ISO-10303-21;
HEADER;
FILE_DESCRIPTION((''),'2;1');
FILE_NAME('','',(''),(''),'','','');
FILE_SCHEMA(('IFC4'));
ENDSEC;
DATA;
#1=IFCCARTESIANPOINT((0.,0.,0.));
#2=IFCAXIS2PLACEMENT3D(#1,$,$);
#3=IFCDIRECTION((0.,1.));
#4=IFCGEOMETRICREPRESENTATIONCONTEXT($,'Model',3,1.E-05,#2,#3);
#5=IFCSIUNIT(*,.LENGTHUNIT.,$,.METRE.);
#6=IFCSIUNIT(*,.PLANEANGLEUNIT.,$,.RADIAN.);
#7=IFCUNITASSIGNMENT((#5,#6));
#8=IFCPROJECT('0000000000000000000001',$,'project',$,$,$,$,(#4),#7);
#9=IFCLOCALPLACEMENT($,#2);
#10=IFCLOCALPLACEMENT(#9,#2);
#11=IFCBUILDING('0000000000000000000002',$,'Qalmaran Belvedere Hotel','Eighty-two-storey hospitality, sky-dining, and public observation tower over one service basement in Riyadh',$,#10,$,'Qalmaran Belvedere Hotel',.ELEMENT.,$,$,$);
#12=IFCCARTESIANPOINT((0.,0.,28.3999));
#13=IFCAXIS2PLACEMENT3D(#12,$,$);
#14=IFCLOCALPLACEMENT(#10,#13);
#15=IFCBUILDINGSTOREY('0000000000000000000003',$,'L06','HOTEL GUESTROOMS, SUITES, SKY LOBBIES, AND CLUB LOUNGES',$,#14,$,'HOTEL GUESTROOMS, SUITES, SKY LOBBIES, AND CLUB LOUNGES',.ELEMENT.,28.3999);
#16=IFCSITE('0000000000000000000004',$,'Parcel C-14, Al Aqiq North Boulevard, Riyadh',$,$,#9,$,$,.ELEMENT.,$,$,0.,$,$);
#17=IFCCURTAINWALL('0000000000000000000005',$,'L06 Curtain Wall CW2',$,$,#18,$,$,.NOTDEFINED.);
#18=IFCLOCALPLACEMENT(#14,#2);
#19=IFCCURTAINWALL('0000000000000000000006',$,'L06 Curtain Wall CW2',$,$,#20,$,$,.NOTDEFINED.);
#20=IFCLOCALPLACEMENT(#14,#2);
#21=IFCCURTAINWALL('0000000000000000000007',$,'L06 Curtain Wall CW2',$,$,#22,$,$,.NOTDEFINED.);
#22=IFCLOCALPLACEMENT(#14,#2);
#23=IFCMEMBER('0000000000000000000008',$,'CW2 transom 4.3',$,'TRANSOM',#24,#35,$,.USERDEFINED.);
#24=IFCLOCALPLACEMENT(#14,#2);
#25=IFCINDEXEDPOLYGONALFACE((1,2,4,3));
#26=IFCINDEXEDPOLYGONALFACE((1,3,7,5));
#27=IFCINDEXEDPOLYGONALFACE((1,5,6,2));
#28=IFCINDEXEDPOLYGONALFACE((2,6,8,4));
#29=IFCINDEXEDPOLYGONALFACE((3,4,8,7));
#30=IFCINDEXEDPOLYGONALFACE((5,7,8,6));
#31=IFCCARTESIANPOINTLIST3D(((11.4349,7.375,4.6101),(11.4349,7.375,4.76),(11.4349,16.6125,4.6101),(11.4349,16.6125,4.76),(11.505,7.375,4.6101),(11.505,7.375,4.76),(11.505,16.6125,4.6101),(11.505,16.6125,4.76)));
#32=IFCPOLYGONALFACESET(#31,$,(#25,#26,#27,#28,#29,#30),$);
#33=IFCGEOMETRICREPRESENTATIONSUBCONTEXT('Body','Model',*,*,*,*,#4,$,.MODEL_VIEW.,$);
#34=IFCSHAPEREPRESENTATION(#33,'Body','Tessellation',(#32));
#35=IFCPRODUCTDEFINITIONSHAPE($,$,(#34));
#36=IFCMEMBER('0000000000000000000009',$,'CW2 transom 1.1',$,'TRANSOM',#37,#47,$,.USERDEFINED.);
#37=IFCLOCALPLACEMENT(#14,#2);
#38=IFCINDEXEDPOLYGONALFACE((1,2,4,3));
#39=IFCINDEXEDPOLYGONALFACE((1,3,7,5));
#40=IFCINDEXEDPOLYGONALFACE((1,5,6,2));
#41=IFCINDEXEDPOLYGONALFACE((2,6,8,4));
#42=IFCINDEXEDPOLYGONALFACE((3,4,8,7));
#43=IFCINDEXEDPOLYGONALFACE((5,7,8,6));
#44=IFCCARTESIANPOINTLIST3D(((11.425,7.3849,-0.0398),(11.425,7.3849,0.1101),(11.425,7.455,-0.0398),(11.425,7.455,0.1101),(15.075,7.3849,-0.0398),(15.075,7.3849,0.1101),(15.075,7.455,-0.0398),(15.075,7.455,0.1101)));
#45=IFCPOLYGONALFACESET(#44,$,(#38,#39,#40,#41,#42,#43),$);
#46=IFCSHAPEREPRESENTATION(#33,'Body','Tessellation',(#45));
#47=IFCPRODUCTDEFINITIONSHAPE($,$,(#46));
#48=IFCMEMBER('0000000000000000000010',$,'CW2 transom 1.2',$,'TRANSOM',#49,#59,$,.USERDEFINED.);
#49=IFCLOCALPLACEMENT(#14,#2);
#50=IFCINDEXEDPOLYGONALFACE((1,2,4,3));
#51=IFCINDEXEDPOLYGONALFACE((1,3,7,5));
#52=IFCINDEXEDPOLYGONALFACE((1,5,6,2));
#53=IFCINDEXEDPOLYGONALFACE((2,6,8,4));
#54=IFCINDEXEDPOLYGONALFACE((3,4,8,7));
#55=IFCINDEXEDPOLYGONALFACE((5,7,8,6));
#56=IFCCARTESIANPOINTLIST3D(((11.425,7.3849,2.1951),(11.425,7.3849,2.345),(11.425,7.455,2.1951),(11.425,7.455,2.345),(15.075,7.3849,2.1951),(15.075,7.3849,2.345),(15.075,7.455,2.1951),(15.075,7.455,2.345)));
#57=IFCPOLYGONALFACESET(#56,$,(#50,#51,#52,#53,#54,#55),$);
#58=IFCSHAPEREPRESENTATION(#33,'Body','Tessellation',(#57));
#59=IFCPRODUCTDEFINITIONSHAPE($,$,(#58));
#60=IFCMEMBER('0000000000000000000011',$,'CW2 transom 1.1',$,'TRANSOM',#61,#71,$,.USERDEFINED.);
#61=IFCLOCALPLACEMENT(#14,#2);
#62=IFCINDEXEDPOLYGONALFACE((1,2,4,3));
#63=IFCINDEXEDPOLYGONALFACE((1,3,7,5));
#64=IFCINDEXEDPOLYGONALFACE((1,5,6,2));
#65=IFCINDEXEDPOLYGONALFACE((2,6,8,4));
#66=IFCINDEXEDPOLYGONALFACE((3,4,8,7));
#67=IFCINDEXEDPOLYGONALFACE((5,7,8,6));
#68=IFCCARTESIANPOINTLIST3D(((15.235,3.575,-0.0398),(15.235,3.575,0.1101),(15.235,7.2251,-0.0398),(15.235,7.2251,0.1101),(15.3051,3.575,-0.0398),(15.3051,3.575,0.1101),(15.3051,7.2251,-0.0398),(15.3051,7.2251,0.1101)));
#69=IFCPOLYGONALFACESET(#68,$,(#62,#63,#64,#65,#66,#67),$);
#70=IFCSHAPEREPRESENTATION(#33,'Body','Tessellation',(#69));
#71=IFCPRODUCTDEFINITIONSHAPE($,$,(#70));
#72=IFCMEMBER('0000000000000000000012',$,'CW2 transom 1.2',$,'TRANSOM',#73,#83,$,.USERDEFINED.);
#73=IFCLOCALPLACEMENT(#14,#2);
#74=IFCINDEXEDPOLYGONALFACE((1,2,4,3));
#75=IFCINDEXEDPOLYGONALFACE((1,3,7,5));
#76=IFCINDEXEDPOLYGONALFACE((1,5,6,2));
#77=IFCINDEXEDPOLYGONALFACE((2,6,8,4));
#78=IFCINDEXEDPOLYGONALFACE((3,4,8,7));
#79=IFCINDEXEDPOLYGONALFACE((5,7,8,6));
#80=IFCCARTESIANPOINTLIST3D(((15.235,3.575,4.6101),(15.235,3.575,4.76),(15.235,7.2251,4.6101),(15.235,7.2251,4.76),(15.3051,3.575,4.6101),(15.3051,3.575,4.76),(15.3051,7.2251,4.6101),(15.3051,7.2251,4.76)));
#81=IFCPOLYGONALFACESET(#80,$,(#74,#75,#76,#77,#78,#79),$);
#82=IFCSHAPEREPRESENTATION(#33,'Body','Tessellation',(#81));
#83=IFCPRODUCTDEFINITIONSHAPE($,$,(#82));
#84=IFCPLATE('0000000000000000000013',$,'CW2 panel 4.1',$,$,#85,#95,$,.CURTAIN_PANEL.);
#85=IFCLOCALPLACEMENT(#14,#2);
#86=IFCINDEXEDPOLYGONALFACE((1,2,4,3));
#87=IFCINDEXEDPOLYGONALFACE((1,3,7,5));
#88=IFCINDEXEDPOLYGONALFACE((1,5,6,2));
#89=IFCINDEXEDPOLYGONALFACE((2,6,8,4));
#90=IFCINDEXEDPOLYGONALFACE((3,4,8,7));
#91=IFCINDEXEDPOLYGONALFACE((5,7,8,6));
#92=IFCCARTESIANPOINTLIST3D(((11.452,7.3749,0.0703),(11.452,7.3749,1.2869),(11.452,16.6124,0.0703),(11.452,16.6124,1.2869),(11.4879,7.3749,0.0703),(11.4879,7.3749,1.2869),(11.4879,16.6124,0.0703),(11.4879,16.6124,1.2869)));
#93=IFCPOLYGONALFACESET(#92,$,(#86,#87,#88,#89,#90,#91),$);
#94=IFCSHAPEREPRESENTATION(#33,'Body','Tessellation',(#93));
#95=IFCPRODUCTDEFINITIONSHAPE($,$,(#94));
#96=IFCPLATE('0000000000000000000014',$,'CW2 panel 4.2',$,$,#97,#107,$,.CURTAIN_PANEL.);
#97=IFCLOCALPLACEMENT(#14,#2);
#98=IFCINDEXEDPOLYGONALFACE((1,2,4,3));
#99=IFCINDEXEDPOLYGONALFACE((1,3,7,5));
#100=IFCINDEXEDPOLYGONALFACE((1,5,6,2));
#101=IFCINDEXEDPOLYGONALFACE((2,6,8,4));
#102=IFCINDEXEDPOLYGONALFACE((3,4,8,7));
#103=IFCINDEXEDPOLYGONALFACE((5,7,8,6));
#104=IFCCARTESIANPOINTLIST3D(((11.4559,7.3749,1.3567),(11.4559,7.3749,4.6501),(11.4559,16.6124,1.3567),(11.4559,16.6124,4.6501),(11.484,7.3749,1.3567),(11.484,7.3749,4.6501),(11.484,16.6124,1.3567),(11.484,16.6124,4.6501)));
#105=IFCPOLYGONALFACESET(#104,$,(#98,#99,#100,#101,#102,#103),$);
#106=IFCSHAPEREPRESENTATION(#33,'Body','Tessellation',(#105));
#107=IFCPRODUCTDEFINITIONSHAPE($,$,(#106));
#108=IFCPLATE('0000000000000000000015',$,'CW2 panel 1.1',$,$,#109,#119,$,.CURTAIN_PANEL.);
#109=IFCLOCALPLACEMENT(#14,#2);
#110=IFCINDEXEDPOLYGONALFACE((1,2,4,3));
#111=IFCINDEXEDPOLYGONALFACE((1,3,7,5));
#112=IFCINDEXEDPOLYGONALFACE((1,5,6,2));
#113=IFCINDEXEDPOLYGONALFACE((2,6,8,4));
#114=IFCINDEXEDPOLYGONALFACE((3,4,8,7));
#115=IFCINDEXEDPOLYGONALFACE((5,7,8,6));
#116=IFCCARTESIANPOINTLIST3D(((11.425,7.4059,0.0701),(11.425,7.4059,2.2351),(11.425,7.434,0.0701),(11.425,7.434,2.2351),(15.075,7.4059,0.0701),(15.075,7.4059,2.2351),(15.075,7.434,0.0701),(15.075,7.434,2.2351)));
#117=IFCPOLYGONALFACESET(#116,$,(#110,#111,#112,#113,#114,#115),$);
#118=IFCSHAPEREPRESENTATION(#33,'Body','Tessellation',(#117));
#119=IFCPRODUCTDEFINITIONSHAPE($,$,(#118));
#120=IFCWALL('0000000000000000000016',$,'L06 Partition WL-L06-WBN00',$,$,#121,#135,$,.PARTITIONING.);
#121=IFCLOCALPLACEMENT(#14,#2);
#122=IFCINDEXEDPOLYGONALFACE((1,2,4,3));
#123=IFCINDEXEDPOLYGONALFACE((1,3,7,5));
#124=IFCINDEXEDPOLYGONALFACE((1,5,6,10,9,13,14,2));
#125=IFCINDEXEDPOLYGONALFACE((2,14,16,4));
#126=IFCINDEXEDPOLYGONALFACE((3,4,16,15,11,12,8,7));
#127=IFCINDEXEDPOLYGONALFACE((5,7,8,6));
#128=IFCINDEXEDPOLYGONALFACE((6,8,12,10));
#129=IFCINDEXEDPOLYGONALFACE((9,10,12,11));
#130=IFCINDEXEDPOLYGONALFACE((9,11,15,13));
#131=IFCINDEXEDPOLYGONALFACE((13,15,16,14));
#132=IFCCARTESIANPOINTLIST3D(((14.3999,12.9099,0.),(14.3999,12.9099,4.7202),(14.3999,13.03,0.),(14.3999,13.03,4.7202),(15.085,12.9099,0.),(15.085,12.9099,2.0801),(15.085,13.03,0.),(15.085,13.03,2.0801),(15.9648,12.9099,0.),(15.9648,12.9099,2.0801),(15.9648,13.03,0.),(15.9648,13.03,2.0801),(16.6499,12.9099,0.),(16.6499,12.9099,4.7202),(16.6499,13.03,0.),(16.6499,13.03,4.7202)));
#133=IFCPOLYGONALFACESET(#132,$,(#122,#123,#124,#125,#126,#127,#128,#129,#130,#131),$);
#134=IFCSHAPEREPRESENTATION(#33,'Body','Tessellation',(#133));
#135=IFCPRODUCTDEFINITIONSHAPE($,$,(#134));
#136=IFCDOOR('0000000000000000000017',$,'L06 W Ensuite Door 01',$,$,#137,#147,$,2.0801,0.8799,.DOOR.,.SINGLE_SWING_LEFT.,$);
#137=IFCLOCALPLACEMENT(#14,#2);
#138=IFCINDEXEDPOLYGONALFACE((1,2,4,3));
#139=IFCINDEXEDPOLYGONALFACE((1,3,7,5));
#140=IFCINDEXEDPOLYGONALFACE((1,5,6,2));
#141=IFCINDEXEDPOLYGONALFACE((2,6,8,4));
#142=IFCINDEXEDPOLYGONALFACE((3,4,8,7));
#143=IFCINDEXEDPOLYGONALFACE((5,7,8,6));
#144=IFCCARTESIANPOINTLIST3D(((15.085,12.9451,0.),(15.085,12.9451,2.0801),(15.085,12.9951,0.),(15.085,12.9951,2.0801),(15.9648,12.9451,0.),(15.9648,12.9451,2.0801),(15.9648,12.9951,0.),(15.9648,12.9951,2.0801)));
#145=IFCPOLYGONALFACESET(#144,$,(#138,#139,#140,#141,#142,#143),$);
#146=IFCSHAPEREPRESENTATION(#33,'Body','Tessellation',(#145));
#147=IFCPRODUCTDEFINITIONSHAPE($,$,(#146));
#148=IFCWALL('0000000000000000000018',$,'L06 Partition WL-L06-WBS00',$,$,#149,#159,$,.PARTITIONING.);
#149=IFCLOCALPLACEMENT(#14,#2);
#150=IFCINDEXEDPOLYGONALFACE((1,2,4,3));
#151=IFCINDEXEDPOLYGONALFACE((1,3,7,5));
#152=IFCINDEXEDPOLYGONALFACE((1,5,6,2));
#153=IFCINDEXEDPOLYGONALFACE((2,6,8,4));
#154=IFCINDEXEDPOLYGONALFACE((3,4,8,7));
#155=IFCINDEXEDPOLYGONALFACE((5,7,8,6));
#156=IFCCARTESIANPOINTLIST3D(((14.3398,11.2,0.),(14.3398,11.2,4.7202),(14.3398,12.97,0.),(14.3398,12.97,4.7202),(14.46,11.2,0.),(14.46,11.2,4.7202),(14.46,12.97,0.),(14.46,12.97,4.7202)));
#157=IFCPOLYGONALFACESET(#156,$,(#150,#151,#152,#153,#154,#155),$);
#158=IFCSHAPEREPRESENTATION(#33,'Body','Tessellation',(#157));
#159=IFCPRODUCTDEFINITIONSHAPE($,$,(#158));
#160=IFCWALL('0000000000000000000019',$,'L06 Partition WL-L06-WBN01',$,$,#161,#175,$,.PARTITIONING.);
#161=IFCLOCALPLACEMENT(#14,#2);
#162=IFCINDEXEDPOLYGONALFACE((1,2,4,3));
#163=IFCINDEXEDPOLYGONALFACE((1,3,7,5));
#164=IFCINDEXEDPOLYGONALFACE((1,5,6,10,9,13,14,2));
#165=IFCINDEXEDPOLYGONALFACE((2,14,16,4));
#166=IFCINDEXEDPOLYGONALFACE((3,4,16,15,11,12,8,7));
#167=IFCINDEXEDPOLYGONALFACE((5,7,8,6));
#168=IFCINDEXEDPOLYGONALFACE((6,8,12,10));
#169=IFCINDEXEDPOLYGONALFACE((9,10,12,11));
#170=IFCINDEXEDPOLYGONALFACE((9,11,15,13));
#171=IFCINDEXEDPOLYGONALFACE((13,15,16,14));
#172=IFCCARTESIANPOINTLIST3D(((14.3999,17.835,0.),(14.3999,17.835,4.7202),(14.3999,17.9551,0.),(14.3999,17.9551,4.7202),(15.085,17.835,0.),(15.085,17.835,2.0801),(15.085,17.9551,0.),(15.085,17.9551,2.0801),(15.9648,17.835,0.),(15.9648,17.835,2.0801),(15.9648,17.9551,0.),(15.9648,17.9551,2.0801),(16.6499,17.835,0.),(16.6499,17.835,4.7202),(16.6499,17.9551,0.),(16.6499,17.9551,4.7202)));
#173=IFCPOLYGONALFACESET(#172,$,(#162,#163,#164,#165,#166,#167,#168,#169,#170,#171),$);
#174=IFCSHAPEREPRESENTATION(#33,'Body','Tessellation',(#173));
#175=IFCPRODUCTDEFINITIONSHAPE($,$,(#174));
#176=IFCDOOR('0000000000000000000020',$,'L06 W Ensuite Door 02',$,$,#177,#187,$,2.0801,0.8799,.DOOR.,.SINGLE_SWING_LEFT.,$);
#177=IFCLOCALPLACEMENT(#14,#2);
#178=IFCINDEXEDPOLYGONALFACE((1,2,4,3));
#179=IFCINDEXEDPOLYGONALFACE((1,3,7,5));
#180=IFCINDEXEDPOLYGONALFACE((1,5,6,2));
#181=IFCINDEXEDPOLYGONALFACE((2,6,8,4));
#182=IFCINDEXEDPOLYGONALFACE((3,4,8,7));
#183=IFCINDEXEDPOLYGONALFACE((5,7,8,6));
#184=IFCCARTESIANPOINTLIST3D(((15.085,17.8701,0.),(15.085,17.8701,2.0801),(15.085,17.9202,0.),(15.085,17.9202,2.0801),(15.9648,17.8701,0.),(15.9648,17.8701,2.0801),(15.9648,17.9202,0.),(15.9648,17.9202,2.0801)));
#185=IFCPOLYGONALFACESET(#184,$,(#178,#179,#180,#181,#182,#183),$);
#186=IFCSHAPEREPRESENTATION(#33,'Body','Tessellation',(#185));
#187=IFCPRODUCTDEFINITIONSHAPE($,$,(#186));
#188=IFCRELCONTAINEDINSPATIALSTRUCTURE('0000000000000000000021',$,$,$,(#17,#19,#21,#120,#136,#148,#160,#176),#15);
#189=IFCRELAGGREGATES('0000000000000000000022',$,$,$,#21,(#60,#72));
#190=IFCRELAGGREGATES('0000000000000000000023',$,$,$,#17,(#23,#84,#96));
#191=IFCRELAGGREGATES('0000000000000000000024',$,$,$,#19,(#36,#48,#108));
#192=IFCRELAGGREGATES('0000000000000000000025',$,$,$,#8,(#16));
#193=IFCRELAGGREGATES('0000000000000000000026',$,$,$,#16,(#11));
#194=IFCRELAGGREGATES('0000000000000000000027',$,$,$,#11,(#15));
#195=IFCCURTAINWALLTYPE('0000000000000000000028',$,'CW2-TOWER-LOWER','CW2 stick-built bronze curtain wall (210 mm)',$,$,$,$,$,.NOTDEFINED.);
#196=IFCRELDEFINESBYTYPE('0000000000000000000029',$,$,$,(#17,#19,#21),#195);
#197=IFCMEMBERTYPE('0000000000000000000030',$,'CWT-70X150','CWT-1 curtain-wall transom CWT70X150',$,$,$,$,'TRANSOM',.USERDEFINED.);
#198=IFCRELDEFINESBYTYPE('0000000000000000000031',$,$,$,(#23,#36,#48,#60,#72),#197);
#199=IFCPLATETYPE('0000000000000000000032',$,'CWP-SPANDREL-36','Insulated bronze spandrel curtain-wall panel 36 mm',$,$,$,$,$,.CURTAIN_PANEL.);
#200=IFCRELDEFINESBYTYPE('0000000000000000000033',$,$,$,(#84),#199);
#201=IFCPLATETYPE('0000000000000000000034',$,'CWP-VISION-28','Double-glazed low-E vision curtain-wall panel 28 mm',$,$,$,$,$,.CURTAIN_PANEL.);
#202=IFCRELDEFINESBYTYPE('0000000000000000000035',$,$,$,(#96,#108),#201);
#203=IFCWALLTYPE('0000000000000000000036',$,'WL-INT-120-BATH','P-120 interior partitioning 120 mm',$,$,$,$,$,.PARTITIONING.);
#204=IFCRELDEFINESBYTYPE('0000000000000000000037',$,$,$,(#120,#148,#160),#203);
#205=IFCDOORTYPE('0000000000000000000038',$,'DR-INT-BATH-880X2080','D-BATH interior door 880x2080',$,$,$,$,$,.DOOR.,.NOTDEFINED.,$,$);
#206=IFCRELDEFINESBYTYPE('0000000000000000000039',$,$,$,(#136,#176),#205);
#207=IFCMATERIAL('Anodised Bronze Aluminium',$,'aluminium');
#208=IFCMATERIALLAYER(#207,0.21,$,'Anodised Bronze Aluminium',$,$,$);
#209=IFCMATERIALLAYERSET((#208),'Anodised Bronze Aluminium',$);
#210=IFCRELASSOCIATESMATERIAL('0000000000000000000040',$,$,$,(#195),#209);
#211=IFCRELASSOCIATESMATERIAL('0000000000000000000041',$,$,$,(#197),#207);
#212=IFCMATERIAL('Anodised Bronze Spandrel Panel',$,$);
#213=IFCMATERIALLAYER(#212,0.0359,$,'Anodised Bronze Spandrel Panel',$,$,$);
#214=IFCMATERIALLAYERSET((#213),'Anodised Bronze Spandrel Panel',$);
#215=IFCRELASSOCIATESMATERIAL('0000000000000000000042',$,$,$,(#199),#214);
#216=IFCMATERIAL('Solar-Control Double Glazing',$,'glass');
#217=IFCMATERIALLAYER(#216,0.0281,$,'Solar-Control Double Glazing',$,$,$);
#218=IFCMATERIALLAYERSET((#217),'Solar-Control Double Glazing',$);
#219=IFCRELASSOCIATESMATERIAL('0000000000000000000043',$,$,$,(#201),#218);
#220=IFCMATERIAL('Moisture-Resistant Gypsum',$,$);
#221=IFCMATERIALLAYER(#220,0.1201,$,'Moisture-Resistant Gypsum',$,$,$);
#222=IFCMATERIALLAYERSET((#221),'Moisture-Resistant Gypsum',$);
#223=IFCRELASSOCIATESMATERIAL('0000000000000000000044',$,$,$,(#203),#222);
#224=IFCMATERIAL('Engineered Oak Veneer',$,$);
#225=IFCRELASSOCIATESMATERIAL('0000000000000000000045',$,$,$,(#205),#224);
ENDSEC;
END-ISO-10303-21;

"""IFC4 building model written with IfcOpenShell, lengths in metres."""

from ifc_helpers import new_model, si_unit, direction, frame, frame_2d, origin, origin_2d, place, context, subcontext, project, spatial, rectangle, extrude, material, layer, layer_set, material_profile, profile_set, type_object, element, fill, aggregate, save


model = new_model("IFC4")

# Units and contexts
model_context = context("Model", 3, precision=1e-05, world=origin(), true_north=direction((0.0, 1.0)))
body_context = subcontext(model_context, "Body", "Model", "MODEL_VIEW")
ifc_project = project(units=[si_unit("LENGTHUNIT", "METRE"), si_unit("PLANEANGLEUNIT", "RADIAN")], contexts=[model_context])

# Site, building, storey
site_placement = place(None, origin())
site = spatial("IfcSite", under=ifc_project, at=site_placement, Name="Parcel C-14, Al Aqiq North Boulevard, Riyadh", CompositionType="ELEMENT", RefElevation=0.0)
building_placement = place(site_placement, origin())
building = spatial("IfcBuilding", under=site, at=building_placement, Name="Qalmaran Belvedere Hotel", Description="Eighty-two-storey hospitality, sky-dining, and public observation tower over one service basement in Riyadh", LongName="Qalmaran Belvedere Hotel", CompositionType="ELEMENT")
storey_placement = place(building_placement, frame((0.0, 0.0, 28.3999)))
storey = spatial("IfcBuildingStorey", under=building, at=storey_placement, Name="L06", Description="HOTEL GUESTROOMS, SUITES, SKY LOBBIES, AND CLUB LOUNGES", LongName="HOTEL GUESTROOMS, SUITES, SKY LOBBIES, AND CLUB LOUNGES", CompositionType="ELEMENT", Elevation=28.3999)

# Curtain walls
ifc_material_1 = material(Name="Anodised Bronze Aluminium", Category="aluminium")
ifc_layer_1 = layer(ifc_material_1, 0.21, Name="Anodised Bronze Aluminium")
ifc_layer_set_1 = layer_set([ifc_layer_1], Name="Anodised Bronze Aluminium")
curtain_wall_type = type_object("IfcCurtainWallType", Name="CW2-TOWER-LOWER", Description="CW2 stick-built bronze curtain wall (210 mm)", PredefinedType="NOTDEFINED", material=ifc_layer_set_1)
curtain_wall_1_placement = place(storey_placement, origin())
curtain_wall_1 = element("IfcCurtainWall", 1, at=curtain_wall_1_placement, inside=storey, type_object=curtain_wall_type, Name="L06 Curtain Wall CW2", PredefinedType="NOTDEFINED")
curtain_wall_2_placement = place(storey_placement, origin())
curtain_wall_2 = element("IfcCurtainWall", 2, at=curtain_wall_2_placement, inside=storey, type_object=curtain_wall_type, Name="L06 Curtain Wall CW2", PredefinedType="NOTDEFINED")

# Curtain wall
curtain_wall_3_placement = place(storey_placement, origin())
curtain_wall_3 = element("IfcCurtainWall", 3, at=curtain_wall_3_placement, inside=storey, type_object=curtain_wall_type, Name="L06 Curtain Wall CW2", PredefinedType="NOTDEFINED")

# Members
ifc_material_profile_1 = material_profile(ifc_material_1, rectangle(XDim=0.0701, YDim=0.1499, at=origin_2d()), Name="CWT70X150")
ifc_profile_set_1 = profile_set([ifc_material_profile_1], Name="Anodised Bronze Aluminium")
member_type_1 = type_object("IfcMemberType", Name="CWT-70X150", Description="CWT-1 curtain-wall transom CWT70X150", ElementType="TRANSOM", PredefinedType="USERDEFINED", material=ifc_profile_set_1)
member_1_placement = place(storey_placement, frame((11.47, 16.6125, 4.6851), z_axis=(0.0, -1.0, 0.0), x_axis=(1.0, 0.0, 0.0)))
member_1 = element("IfcMember", 4, at=member_1_placement, type_object=member_type_1, Name="CW2 transom 4.3", ObjectType="TRANSOM", PredefinedType="USERDEFINED", context=body_context, shape_type="SweptSolid", body=[
    extrude(rectangle(XDim=0.0701, YDim=0.1499, at=origin_2d()), origin(), (0.0, 0.0, 1.0), 9.2375),
])
member_2_placement = place(storey_placement, frame((11.425, 7.4199, 0.0352), z_axis=(1.0, 0.0, 0.0), x_axis=(0.0, 1.0, 0.0)))
member_2 = element("IfcMember", 5, at=member_2_placement, type_object=member_type_1, Name="CW2 transom 1.1", ObjectType="TRANSOM", PredefinedType="USERDEFINED", context=body_context, shape_type="SweptSolid", body=[
    extrude(rectangle(XDim=0.0701, YDim=0.1499, at=origin_2d()), origin(), (0.0, 0.0, 1.0), 3.6499),
])
member_3_placement = place(storey_placement, frame((11.425, 7.4199, 2.27), z_axis=(1.0, 0.0, 0.0), x_axis=(0.0, 1.0, 0.0)))
member_3 = element("IfcMember", 6, at=member_3_placement, type_object=member_type_1, Name="CW2 transom 1.2", ObjectType="TRANSOM", PredefinedType="USERDEFINED", context=body_context, shape_type="SweptSolid", body=[
    extrude(rectangle(XDim=0.0701, YDim=0.1499, at=origin_2d()), origin(), (0.0, 0.0, 1.0), 3.6499),
])
member_4_placement = place(storey_placement, frame((15.27, 7.2251, 0.0352), z_axis=(0.0, -1.0, 0.0), x_axis=(1.0, 0.0, 0.0)))
member_4 = element("IfcMember", 7, at=member_4_placement, type_object=member_type_1, Name="CW2 transom 1.1", ObjectType="TRANSOM", PredefinedType="USERDEFINED", context=body_context, shape_type="SweptSolid", body=[
    extrude(rectangle(XDim=0.0701, YDim=0.1499, at=origin_2d()), origin(), (0.0, 0.0, 1.0), 3.6501),
])
member_5_placement = place(storey_placement, frame((15.27, 7.2251, 4.6851), z_axis=(0.0, -1.0, 0.0), x_axis=(1.0, 0.0, 0.0)))
member_5 = element("IfcMember", 8, at=member_5_placement, type_object=member_type_1, Name="CW2 transom 1.2", ObjectType="TRANSOM", PredefinedType="USERDEFINED", context=body_context, shape_type="SweptSolid", body=[
    extrude(rectangle(XDim=0.0701, YDim=0.1499, at=origin_2d()), origin(), (0.0, 0.0, 1.0), 3.6501),
])
aggregate(curtain_wall_3, [member_4, member_5])

# Plates
ifc_material_2 = material(Name="Anodised Bronze Spandrel Panel")
ifc_layer_2 = layer(ifc_material_2, 0.0359, Name="Anodised Bronze Spandrel Panel")
ifc_layer_set_2 = layer_set([ifc_layer_2], Name="Anodised Bronze Spandrel Panel")
plate_type_1 = type_object("IfcPlateType", Name="CWP-SPANDREL-36", Description="Insulated bronze spandrel curtain-wall panel 36 mm", PredefinedType="CURTAIN_PANEL", material=ifc_layer_set_2)
plate_1_placement = place(storey_placement, frame((11.47, 11.9937, 0.0703), z_axis=(0.0, 0.0, 1.0), x_axis=(0.0, -1.0, 0.0)))
plate_1 = element("IfcPlate", 9, at=plate_1_placement, type_object=plate_type_1, Name="CW2 panel 4.1", PredefinedType="CURTAIN_PANEL", context=body_context, shape_type="SweptSolid", body=[
    extrude(rectangle(XDim=9.2375, YDim=0.0359, at=origin_2d()), origin(), (0.0, 0.0, 1.0), 1.2166),
])
ifc_material_3 = material(Name="Solar-Control Double Glazing", Category="glass")
ifc_layer_3 = layer(ifc_material_3, 0.0281, Name="Solar-Control Double Glazing")
ifc_layer_set_3 = layer_set([ifc_layer_3], Name="Solar-Control Double Glazing")
plate_type_2 = type_object("IfcPlateType", Name="CWP-VISION-28", Description="Double-glazed low-E vision curtain-wall panel 28 mm", PredefinedType="CURTAIN_PANEL", material=ifc_layer_set_3)
plate_2_placement = place(storey_placement, frame((11.47, 11.9937, 1.3567), z_axis=(0.0, 0.0, 1.0), x_axis=(0.0, -1.0, 0.0)))
plate_2 = element("IfcPlate", 10, at=plate_2_placement, type_object=plate_type_2, Name="CW2 panel 4.2", PredefinedType="CURTAIN_PANEL", context=body_context, shape_type="SweptSolid", body=[
    extrude(rectangle(XDim=9.2375, YDim=0.0281, at=origin_2d()), origin(), (0.0, 0.0, 1.0), 3.2935),
])
aggregate(curtain_wall_1, [member_1, plate_1, plate_2])
plate_3_placement = place(storey_placement, frame((13.25, 7.4199, 0.0701), z_axis=(0.0, 0.0, 1.0), x_axis=(1.0, 0.0, 0.0)))
plate_3 = element("IfcPlate", 11, at=plate_3_placement, type_object=plate_type_2, Name="CW2 panel 1.1", PredefinedType="CURTAIN_PANEL", context=body_context, shape_type="SweptSolid", body=[
    extrude(rectangle(XDim=3.6499, YDim=0.0281, at=origin_2d()), origin(), (0.0, 0.0, 1.0), 2.165),
])
aggregate(curtain_wall_2, [member_2, member_3, plate_3])

# Wall, opening, door
ifc_material_4 = material(Name="Moisture-Resistant Gypsum")
ifc_layer_4 = layer(ifc_material_4, 0.1201, Name="Moisture-Resistant Gypsum")
ifc_layer_set_4 = layer_set([ifc_layer_4], Name="Moisture-Resistant Gypsum")
wall_type_1 = type_object("IfcWallType", Name="WL-INT-120-BATH", Description="P-120 interior partitioning 120 mm", PredefinedType="PARTITIONING", material=ifc_layer_set_4)
wall_1_placement = place(storey_placement, frame((14.3999, 12.97, 0.0), z_axis=(0.0, 0.0, 1.0), x_axis=(1.0, 0.0, 0.0)))
wall_1 = element("IfcWall", 12, at=wall_1_placement, inside=storey, type_object=wall_type_1, Name="L06 Partition WL-L06-WBN00", PredefinedType="PARTITIONING", context=body_context, shape_type="SweptSolid", body=[
    extrude(rectangle(XDim=2.25, YDim=0.1201, at=frame_2d((1.125, 0.0))), origin(), (0.0, 0.0, 1.0), 4.7202),
])
opening_1_placement = place(wall_1_placement, frame((1.5649, 0.0, 0.0), z_axis=(0.0, 0.0, 1.0), x_axis=(-1.0, 0.0, 0.0)))
opening_1 = element("IfcOpeningElement", 13, at=opening_1_placement, cuts=wall_1, PredefinedType="OPENING", context=body_context, shape_type="SweptSolid", body=[
    extrude(rectangle(XDim=0.8799, YDim=2.0801, at=frame_2d((0.4399, 1.04))), frame((0.0, 0.0701, 0.0), z_axis=(0.0, -1.0, 0.0), x_axis=(1.0, 0.0, 0.0)), (0.0, 0.0, 1.0), 0.1401),
])
ifc_material_5 = material(Name="Engineered Oak Veneer")
door_type = type_object("IfcDoorType", Name="DR-INT-BATH-880X2080", Description="D-BATH interior door 880x2080", OperationType="NOTDEFINED", PredefinedType="DOOR", material=ifc_material_5)
door_1_placement = place(opening_1_placement, origin())
door_1 = element("IfcDoor", 14, at=door_1_placement, inside=storey, type_object=door_type, Name="L06 W Ensuite Door 01", OperationType="SINGLE_SWING_LEFT", OverallHeight=2.0801, OverallWidth=0.8799, PredefinedType="DOOR", context=body_context, shape_type="SweptSolid", body=[
    extrude(rectangle(XDim=0.8799, YDim=2.0801, at=frame_2d((0.4399, 1.04))), frame((0.0, 0.0249, 0.0), z_axis=(0.0, -1.0, 0.0), x_axis=(1.0, 0.0, 0.0)), (0.0, 0.0, 1.0), 0.05),
])
fill(opening_1, door_1)

# Wall
wall_2_placement = place(storey_placement, frame((14.3999, 11.2, 0.0), z_axis=(0.0, 0.0, 1.0), x_axis=(0.0, 1.0, 0.0)))
element("IfcWall", 15, at=wall_2_placement, inside=storey, type_object=wall_type_1, Name="L06 Partition WL-L06-WBS00", PredefinedType="PARTITIONING", context=body_context, shape_type="SweptSolid", body=[
    extrude(rectangle(XDim=1.77, YDim=0.1201, at=frame_2d((0.885, 0.0))), origin(), (0.0, 0.0, 1.0), 4.7202),
])

# Wall, opening, door
wall_3_placement = place(storey_placement, frame((14.3999, 17.895, 0.0), z_axis=(0.0, 0.0, 1.0), x_axis=(1.0, 0.0, 0.0)))
wall_3 = element("IfcWall", 16, at=wall_3_placement, inside=storey, type_object=wall_type_1, Name="L06 Partition WL-L06-WBN01", PredefinedType="PARTITIONING", context=body_context, shape_type="SweptSolid", body=[
    extrude(rectangle(XDim=2.25, YDim=0.1201, at=frame_2d((1.125, 0.0))), origin(), (0.0, 0.0, 1.0), 4.7202),
])
opening_2_placement = place(wall_3_placement, frame((1.5649, 0.0, 0.0), z_axis=(0.0, 0.0, 1.0), x_axis=(-1.0, 0.0, 0.0)))
opening_2 = element("IfcOpeningElement", 17, at=opening_2_placement, cuts=wall_3, PredefinedType="OPENING", context=body_context, shape_type="SweptSolid", body=[
    extrude(rectangle(XDim=0.8799, YDim=2.0801, at=frame_2d((0.4399, 1.04))), frame((0.0, 0.0701, 0.0), z_axis=(0.0, -1.0, 0.0), x_axis=(1.0, 0.0, 0.0)), (0.0, 0.0, 1.0), 0.1401),
])
door_2_placement = place(opening_2_placement, origin())
door_2 = element("IfcDoor", 18, at=door_2_placement, inside=storey, type_object=door_type, Name="L06 W Ensuite Door 02", OperationType="SINGLE_SWING_LEFT", OverallHeight=2.0801, OverallWidth=0.8799, PredefinedType="DOOR", context=body_context, shape_type="SweptSolid", body=[
    extrude(rectangle(XDim=0.8799, YDim=2.0801, at=frame_2d((0.4399, 1.04))), frame((0.0, 0.0249, 0.0), z_axis=(0.0, -1.0, 0.0), x_axis=(1.0, 0.0, 0.0)), (0.0, 0.0, 1.0), 0.05),
])
fill(opening_2, door_2)

save(model, "model.ifc")
